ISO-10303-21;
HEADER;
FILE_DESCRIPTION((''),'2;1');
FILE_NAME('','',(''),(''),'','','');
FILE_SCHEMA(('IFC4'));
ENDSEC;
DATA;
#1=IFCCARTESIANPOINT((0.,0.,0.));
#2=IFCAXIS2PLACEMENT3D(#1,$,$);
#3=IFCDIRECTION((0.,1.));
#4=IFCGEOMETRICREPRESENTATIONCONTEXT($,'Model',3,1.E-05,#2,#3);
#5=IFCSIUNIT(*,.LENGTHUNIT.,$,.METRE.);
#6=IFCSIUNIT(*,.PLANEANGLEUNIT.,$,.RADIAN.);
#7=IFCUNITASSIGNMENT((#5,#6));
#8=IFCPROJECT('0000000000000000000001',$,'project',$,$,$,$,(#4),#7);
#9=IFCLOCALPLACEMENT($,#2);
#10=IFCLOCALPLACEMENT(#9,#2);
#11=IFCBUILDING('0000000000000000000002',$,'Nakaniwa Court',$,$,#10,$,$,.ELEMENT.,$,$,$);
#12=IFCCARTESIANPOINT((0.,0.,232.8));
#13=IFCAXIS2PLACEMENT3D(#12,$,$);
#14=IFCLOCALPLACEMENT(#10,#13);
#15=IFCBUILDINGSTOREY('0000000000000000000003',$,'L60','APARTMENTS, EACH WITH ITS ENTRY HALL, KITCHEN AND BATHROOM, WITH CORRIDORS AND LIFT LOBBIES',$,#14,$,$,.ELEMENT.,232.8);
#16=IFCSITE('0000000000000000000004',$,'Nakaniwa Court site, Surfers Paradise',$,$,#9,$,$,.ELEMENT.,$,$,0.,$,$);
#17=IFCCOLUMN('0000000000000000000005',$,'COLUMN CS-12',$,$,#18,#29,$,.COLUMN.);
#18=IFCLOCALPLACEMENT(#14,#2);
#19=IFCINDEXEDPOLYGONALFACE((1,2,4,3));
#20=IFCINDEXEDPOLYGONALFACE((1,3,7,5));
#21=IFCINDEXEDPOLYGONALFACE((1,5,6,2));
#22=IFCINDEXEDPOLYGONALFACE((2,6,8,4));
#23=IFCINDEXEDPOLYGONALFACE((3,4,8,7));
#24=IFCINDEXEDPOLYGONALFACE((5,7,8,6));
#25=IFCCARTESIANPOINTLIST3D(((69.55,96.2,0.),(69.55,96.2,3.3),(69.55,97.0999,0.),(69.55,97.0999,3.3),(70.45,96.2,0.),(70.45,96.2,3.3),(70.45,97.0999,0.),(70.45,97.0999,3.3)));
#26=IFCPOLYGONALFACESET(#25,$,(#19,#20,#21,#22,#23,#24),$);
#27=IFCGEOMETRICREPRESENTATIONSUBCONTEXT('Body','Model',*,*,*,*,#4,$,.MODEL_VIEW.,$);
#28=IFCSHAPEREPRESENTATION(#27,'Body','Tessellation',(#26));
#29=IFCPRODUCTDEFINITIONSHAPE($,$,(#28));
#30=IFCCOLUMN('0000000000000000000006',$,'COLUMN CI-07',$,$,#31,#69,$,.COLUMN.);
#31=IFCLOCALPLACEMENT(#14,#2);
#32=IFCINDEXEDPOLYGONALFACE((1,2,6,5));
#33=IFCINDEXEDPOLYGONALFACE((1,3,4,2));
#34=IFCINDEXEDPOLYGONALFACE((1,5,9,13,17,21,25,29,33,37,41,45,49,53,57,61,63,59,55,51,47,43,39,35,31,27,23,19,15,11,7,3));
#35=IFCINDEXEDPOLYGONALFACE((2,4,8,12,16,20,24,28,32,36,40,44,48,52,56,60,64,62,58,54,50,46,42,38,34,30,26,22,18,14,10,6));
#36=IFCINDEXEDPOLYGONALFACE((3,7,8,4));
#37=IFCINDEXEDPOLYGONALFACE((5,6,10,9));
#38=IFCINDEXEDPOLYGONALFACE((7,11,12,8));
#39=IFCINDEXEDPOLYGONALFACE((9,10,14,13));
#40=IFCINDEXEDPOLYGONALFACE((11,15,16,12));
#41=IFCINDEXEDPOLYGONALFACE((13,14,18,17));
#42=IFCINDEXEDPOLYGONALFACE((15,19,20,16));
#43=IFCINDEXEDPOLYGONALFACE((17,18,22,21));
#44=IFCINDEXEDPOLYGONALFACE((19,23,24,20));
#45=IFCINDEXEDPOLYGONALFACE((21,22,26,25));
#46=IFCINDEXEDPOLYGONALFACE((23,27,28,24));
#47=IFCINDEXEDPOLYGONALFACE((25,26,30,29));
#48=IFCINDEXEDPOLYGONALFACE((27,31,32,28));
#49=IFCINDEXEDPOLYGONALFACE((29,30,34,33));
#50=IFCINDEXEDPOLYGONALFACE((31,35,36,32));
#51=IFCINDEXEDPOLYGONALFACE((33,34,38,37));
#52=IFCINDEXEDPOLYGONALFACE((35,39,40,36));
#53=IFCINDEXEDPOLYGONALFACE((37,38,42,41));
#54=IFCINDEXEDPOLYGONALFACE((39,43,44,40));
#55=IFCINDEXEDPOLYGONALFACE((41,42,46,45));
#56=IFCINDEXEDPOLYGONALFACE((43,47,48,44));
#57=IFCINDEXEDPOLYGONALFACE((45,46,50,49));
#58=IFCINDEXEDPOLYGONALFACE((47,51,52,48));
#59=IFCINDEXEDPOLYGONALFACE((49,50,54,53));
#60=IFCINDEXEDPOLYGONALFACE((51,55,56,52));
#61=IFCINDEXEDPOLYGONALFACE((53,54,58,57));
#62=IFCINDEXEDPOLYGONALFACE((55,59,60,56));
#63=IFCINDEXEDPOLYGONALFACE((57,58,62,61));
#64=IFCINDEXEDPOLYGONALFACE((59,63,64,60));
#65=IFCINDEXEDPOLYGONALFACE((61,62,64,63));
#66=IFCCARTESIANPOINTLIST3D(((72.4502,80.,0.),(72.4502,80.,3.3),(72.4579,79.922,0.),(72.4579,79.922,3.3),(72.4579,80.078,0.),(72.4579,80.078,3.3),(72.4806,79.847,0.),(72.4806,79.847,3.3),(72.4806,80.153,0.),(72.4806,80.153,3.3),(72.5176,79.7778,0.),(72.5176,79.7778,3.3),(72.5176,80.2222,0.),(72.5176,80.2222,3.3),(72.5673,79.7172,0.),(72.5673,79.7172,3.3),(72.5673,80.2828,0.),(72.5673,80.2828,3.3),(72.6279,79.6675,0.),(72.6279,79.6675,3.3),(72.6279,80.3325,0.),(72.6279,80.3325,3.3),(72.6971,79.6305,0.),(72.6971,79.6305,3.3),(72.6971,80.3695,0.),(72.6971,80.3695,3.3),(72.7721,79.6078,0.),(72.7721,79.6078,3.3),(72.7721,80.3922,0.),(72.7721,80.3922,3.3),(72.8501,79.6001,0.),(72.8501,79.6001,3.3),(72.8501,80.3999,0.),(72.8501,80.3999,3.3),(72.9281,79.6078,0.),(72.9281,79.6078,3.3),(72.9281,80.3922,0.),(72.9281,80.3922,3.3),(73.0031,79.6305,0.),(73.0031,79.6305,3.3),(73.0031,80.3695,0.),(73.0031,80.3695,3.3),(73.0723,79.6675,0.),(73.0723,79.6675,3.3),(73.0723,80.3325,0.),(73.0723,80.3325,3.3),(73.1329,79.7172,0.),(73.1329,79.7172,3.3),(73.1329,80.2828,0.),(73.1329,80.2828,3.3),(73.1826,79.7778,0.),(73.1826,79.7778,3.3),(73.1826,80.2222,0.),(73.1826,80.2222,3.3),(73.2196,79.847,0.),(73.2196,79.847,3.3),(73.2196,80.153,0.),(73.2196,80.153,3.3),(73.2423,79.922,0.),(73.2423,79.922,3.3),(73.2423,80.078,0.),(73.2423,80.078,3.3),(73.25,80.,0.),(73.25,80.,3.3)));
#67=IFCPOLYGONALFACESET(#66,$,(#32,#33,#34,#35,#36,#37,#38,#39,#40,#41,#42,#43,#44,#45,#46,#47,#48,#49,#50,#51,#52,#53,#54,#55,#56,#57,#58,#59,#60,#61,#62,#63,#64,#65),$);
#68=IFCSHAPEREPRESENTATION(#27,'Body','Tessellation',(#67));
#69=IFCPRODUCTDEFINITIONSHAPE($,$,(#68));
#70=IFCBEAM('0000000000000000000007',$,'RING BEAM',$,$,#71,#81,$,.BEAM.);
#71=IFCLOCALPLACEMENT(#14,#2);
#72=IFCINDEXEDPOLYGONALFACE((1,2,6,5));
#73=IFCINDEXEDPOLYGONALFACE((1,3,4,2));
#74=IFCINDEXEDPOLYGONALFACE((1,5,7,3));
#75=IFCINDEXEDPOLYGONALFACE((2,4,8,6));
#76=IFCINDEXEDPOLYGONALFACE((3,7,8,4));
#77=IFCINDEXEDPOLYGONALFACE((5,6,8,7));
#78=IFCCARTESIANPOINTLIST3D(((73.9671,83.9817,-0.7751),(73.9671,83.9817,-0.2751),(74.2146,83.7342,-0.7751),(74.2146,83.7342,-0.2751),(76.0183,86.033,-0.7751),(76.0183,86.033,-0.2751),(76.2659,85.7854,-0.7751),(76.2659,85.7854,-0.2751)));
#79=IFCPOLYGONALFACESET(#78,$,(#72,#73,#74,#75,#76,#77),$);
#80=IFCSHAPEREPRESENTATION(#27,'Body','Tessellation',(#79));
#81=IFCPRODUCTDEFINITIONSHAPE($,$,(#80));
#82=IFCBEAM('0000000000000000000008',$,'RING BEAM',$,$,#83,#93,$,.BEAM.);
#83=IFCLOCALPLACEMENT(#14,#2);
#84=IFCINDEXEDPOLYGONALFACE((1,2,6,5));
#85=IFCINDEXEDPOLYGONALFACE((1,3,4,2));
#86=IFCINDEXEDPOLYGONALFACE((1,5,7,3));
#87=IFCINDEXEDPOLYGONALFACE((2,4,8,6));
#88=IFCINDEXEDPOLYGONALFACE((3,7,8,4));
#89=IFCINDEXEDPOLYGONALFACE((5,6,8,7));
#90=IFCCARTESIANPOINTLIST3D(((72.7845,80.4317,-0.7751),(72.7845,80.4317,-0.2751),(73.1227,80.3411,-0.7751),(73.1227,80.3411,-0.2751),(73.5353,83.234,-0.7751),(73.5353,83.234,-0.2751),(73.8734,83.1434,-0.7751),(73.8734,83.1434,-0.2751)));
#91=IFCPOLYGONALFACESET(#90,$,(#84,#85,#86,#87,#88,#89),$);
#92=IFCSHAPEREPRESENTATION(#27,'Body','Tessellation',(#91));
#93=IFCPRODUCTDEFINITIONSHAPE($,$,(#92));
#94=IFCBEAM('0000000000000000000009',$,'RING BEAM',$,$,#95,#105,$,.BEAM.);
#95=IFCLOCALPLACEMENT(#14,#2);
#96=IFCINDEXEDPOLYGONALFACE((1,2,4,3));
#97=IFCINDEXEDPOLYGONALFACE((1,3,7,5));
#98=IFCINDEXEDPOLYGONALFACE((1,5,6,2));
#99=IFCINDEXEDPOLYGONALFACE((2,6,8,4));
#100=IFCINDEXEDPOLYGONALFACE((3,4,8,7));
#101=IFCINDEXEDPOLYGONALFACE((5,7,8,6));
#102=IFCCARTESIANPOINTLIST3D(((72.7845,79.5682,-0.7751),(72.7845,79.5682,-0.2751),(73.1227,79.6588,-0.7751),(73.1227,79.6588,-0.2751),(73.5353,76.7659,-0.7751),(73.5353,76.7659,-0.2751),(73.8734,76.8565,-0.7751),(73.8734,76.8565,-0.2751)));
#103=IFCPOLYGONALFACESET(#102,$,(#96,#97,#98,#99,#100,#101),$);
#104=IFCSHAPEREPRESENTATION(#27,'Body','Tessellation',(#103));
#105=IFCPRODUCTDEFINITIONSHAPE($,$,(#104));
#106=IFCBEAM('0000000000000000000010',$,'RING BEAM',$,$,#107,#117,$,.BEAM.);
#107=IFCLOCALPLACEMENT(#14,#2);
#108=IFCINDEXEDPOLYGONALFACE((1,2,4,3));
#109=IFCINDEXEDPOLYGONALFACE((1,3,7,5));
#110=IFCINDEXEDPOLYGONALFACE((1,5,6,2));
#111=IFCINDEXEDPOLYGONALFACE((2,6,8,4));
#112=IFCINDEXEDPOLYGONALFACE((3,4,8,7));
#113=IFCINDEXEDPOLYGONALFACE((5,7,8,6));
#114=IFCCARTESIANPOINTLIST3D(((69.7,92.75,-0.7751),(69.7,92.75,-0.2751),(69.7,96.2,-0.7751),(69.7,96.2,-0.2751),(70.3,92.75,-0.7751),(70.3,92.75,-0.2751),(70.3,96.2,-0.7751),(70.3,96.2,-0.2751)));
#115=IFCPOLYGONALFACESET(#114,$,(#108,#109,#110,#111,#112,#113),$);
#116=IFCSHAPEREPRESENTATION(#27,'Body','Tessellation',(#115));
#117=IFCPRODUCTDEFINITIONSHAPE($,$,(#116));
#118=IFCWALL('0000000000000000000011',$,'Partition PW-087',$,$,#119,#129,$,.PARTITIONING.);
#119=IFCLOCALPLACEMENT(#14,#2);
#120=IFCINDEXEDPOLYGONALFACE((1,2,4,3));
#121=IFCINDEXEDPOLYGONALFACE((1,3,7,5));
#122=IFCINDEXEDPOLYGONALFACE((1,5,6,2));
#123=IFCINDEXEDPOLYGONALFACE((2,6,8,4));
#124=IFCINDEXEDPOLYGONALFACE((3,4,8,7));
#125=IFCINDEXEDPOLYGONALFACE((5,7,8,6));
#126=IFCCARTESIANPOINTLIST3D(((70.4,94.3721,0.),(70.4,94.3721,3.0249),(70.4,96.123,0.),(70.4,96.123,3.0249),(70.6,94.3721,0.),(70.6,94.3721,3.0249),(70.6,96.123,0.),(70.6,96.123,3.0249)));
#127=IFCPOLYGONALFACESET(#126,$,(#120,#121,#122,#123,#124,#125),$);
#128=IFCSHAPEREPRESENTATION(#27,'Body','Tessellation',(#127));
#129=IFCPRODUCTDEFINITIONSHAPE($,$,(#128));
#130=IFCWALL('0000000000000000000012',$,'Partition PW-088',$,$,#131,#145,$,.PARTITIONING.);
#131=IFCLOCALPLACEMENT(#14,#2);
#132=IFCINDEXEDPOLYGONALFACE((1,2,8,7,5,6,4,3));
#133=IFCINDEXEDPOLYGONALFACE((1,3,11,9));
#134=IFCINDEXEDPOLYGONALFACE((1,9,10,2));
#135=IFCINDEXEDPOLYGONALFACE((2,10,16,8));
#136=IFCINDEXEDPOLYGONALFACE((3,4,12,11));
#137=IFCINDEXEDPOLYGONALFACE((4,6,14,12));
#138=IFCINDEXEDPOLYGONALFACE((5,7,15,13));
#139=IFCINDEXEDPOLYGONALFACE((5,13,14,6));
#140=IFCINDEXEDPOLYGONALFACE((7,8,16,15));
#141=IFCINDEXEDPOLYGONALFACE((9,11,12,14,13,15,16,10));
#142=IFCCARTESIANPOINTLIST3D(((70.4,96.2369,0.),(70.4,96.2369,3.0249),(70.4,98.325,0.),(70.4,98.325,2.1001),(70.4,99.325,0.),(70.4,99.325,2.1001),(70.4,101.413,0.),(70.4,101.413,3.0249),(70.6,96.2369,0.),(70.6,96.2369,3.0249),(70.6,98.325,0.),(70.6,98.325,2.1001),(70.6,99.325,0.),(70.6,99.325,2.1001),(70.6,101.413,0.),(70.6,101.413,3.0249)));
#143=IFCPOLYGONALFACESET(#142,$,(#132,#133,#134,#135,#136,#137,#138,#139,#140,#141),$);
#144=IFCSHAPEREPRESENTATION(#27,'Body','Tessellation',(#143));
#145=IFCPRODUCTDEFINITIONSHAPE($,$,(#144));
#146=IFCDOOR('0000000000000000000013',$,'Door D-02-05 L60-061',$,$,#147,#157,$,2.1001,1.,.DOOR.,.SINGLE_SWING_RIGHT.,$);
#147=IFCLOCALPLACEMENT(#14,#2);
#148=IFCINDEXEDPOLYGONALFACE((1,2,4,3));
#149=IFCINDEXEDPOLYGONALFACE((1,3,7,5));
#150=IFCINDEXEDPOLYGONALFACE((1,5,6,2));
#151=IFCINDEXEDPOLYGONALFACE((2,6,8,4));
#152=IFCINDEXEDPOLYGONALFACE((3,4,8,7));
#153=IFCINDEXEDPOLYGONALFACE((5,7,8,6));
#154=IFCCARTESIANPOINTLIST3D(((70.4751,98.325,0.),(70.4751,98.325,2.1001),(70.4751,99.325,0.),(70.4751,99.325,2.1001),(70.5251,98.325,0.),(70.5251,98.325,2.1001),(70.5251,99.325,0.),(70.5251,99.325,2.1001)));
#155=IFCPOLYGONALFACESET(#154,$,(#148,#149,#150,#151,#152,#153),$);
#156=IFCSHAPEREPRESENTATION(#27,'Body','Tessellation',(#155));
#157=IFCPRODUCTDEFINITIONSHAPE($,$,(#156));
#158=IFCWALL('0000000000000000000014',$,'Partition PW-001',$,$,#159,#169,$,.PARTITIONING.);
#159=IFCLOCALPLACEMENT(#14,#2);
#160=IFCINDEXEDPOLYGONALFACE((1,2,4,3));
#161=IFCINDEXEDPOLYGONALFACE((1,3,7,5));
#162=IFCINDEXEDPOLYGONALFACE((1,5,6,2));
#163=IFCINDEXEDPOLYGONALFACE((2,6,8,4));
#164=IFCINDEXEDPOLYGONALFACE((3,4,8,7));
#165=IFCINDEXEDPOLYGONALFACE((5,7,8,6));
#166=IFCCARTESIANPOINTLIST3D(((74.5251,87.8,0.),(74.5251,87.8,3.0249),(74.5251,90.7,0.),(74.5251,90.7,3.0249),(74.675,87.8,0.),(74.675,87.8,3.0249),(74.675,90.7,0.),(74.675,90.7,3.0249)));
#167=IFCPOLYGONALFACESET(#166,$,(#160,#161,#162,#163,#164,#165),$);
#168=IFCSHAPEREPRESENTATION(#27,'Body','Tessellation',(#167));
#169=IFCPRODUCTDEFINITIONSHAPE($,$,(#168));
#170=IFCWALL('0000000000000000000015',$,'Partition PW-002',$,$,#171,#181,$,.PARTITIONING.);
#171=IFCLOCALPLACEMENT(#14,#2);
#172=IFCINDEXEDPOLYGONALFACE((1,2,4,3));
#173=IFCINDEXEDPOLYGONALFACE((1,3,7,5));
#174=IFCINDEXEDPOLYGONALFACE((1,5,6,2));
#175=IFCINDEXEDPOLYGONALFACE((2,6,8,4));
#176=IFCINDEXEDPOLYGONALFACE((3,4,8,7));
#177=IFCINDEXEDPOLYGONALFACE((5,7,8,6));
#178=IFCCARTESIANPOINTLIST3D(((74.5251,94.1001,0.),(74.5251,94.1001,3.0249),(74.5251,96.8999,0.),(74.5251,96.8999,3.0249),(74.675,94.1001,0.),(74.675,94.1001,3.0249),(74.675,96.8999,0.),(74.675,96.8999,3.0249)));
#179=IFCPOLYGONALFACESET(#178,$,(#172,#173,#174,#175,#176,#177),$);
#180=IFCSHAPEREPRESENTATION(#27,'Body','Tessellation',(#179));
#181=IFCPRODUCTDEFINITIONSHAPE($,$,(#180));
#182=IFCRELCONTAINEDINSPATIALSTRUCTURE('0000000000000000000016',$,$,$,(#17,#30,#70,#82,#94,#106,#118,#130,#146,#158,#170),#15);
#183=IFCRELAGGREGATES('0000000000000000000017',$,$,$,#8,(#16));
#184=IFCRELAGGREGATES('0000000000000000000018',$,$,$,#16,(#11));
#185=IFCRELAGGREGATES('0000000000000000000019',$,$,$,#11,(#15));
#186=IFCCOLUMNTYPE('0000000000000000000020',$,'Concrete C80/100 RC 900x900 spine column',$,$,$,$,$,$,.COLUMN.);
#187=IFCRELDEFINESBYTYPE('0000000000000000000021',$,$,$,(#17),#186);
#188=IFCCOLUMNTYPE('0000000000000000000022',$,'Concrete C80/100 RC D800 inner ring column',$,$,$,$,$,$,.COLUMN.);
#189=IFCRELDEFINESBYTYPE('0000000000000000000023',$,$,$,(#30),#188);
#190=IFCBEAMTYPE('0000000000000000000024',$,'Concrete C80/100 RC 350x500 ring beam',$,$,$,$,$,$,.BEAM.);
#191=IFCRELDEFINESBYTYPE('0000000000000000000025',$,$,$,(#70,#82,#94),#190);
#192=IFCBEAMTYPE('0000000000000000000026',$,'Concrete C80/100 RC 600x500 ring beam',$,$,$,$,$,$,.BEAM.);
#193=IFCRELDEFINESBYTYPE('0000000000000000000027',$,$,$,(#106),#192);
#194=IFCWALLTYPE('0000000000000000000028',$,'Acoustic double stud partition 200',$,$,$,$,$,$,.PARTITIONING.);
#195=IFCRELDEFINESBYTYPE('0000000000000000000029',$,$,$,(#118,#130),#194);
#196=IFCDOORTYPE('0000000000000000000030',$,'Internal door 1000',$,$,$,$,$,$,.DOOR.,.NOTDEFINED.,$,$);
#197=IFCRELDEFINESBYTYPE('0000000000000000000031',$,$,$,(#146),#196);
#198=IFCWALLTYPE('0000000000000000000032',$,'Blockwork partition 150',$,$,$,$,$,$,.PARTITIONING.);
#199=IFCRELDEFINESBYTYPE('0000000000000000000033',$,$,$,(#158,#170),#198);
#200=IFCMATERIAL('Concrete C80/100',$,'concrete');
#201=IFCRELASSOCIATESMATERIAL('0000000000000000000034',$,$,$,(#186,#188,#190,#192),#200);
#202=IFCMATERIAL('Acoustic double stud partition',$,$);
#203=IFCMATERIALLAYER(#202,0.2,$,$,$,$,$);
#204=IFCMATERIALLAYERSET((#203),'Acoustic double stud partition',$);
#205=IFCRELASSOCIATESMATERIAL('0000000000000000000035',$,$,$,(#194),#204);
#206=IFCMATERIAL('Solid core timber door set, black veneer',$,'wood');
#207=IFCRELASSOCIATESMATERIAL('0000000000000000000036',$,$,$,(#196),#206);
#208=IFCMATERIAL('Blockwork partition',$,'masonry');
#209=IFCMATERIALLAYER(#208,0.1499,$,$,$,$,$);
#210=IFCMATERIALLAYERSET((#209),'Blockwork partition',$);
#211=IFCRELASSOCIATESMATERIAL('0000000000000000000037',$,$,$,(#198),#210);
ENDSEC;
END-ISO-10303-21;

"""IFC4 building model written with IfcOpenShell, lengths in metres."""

from ifc_helpers import new_model, si_unit, direction, frame, frame_2d, origin, origin_2d, place, context, subcontext, project, spatial, rectangle, circle, extrude, material, layer, layer_set, material_profile, profile_set, type_object, element, fill, save


model = new_model("IFC4")

# Units and contexts
model_context = context("Model", 3, precision=1e-05, world=origin(), true_north=direction((0.0, 1.0)))
body_context = subcontext(model_context, "Body", "Model", "MODEL_VIEW")
ifc_project = project(units=[si_unit("LENGTHUNIT", "METRE"), si_unit("PLANEANGLEUNIT", "RADIAN")], contexts=[model_context])

# Site, building, storey
site_placement = place(None, origin())
site = spatial("IfcSite", under=ifc_project, at=site_placement, Name="Nakaniwa Court site, Surfers Paradise", CompositionType="ELEMENT", RefElevation=0.0)
building_placement = place(site_placement, origin())
building = spatial("IfcBuilding", under=site, at=building_placement, Name="Nakaniwa Court", CompositionType="ELEMENT")
storey_placement = place(building_placement, frame((0.0, 0.0, 232.8)))
storey = spatial("IfcBuildingStorey", under=building, at=storey_placement, Name="L60", Description="APARTMENTS, EACH WITH ITS ENTRY HALL, KITCHEN AND BATHROOM, WITH CORRIDORS AND LIFT LOBBIES", CompositionType="ELEMENT", Elevation=232.8)

# Columns
ifc_material_1 = material(Name="Concrete C80/100", Category="concrete")
ifc_material_profile_1 = material_profile(ifc_material_1, rectangle(XDim=0.8999, YDim=0.8999, at=origin_2d()), Name="Concrete C80/100 RC 900x900 spine column")
ifc_profile_set_1 = profile_set([ifc_material_profile_1], Name="Concrete C80/100")
column_type_1 = type_object("IfcColumnType", Name="Concrete C80/100 RC 900x900 spine column", PredefinedType="COLUMN", material=ifc_profile_set_1)
column_placement = place(storey_placement, frame((70.0, 96.6499, 0.0), z_axis=(0.0, 0.0, 1.0), x_axis=(0.0, -1.0, 0.0)))
element("IfcColumn", 1, at=column_placement, inside=storey, type_object=column_type_1, Name="COLUMN CS-12", PredefinedType="COLUMN", context=body_context, shape_type="SweptSolid", body=[
    extrude(rectangle(XDim=0.8999, YDim=0.8999, at=origin_2d()), origin(), (0.0, 0.0, 1.0), 3.3),
])
ifc_material_profile_2 = material_profile(ifc_material_1, circle(Radius=0.3999, at=origin_2d()), Name="Concrete C80/100 RC D800 inner ring column")
ifc_profile_set_2 = profile_set([ifc_material_profile_2], Name="Concrete C80/100")
column_type_2 = type_object("IfcColumnType", Name="Concrete C80/100 RC D800 inner ring column", PredefinedType="COLUMN", material=ifc_profile_set_2)
for number, where, z_axis, x_axis, name in (
    (2, (72.8501, 80.0, 0.0), (0.0, 0.0, 1.0), (0.0, -1.0, 0.0), "COLUMN CI-07"),
):
    element("IfcColumn", number, at=place(storey_placement, frame(where, z_axis=z_axis, x_axis=x_axis)), inside=storey, type_object=column_type_2, Name=name, PredefinedType="COLUMN", context=body_context, shape_type="SweptSolid", body=[
        extrude(circle(Radius=0.3999, at=origin_2d()), origin(), (0.0, 0.0, 1.0), 3.3),
    ])

# Beams
ifc_material_profile_3 = material_profile(ifc_material_1, rectangle(XDim=0.3501, YDim=0.5, at=origin_2d()), Name="Concrete C80/100 RC 350x500 ring beam")
ifc_profile_set_3 = profile_set([ifc_material_profile_3], Name="Concrete C80/100")
beam_type_1 = type_object("IfcBeamType", Name="Concrete C80/100 RC 350x500 ring beam", PredefinedType="BEAM", material=ifc_profile_set_3)
beam_1_placement = place(storey_placement, frame((76.1421, 85.9092, -0.5251), z_axis=(-0.707107, -0.707107, 0.0), x_axis=(0.707107, -0.707107, 0.0)))
element("IfcBeam", 3, at=beam_1_placement, inside=storey, type_object=beam_type_1, Name="RING BEAM", PredefinedType="BEAM", context=body_context, shape_type="SweptSolid", body=[
    extrude(rectangle(XDim=0.3501, YDim=0.5, at=origin_2d()), origin(), (0.0, 0.0, 1.0), 2.9009),
])
for number, where, z_axis, x_axis, name in (
    (4, (73.7043, 83.1887, -0.5251), (-0.258778, -0.965937, 0.0), (0.965937, -0.258778, 0.0), "RING BEAM"),
    (5, (72.9536, 79.6135, -0.5251), (0.258778, -0.965937, 0.0), (0.965937, 0.258778, 0.0), "RING BEAM"),
):
    element("IfcBeam", number, at=place(storey_placement, frame(where, z_axis=z_axis, x_axis=x_axis)), inside=storey, type_object=beam_type_1, Name=name, PredefinedType="BEAM", context=body_context, shape_type="SweptSolid", body=[
        extrude(rectangle(XDim=0.3501, YDim=0.5, at=origin_2d()), origin(), (0.0, 0.0, 1.0), 2.9011),
    ])
ifc_material_profile_4 = material_profile(ifc_material_1, rectangle(XDim=0.6001, YDim=0.5, at=origin_2d()), Name="Concrete C80/100 RC 600x500 ring beam")
ifc_profile_set_4 = profile_set([ifc_material_profile_4], Name="Concrete C80/100")
beam_type_2 = type_object("IfcBeamType", Name="Concrete C80/100 RC 600x500 ring beam", PredefinedType="BEAM", material=ifc_profile_set_4)
beam_2_placement = place(storey_placement, frame((70.0, 96.2, -0.5251), z_axis=(0.0, -1.0, 0.0), x_axis=(1.0, 0.0, 0.0)))
element("IfcBeam", 6, at=beam_2_placement, inside=storey, type_object=beam_type_2, Name="RING BEAM", PredefinedType="BEAM", context=body_context, shape_type="SweptSolid", body=[
    extrude(rectangle(XDim=0.6001, YDim=0.5, at=origin_2d()), origin(), (0.0, 0.0, 1.0), 3.45),
])

# Wall
ifc_material_2 = material(Name="Acoustic double stud partition")
ifc_layer_1 = layer(ifc_material_2, 0.2)
ifc_layer_set_1 = layer_set([ifc_layer_1], Name="Acoustic double stud partition")
wall_type_1 = type_object("IfcWallType", Name="Acoustic double stud partition 200", PredefinedType="PARTITIONING", material=ifc_layer_set_1)
wall_1_placement = place(storey_placement, frame((70.5, 94.3721, 0.0), z_axis=(0.0, 0.0, 1.0), x_axis=(0.0, 1.0, 0.0)))
element("IfcWall", 7, at=wall_1_placement, inside=storey, type_object=wall_type_1, Name="Partition PW-087", PredefinedType="PARTITIONING", context=body_context, shape_type="SweptSolid", body=[
    extrude(rectangle(XDim=1.751, YDim=0.2, at=frame_2d((0.8755, 0.0))), origin(), (0.0, 0.0, 1.0), 3.0249),
])

# Wall, opening, door
wall_2_placement = place(storey_placement, frame((70.5, 96.2371, 0.0), z_axis=(0.0, 0.0, 1.0), x_axis=(0.0, 1.0, 0.0)))
wall_2 = element("IfcWall", 8, at=wall_2_placement, inside=storey, type_object=wall_type_1, Name="Partition PW-088", PredefinedType="PARTITIONING", context=body_context, shape_type="SweptSolid", body=[
    extrude(rectangle(XDim=5.176, YDim=0.2, at=frame_2d((2.5879, 0.0))), origin(), (0.0, 0.0, 1.0), 3.0249),
])
opening_1_placement = place(wall_2_placement, frame((2.0879, 0.0, 0.0)))
opening_1 = element("IfcOpeningElement", 9, at=opening_1_placement, cuts=wall_2, PredefinedType="OPENING", context=body_context, shape_type="SweptSolid", body=[
    extrude(rectangle(XDim=1.0, YDim=2.1001, at=frame_2d((0.5, 1.05))), frame((0.0, 0.1099, 0.0), z_axis=(0.0, -1.0, 0.0), x_axis=(1.0, 0.0, 0.0)), (0.0, 0.0, 1.0), 0.22),
])
ifc_material_3 = material(Name="Solid core timber door set, black veneer", Category="wood")
door_type_1 = type_object("IfcDoorType", Name="Internal door 1000", OperationType="NOTDEFINED", PredefinedType="DOOR", material=ifc_material_3)
door_1_placement = place(opening_1_placement, origin())
door_1 = element("IfcDoor", 10, at=door_1_placement, inside=storey, type_object=door_type_1, Name="Door D-02-05 L60-061", OperationType="SINGLE_SWING_RIGHT", OverallHeight=2.1001, OverallWidth=1.0, PredefinedType="DOOR", context=body_context, shape_type="SweptSolid", body=[
    extrude(rectangle(XDim=1.0, YDim=2.1001, at=frame_2d((0.5, 1.05))), frame((0.0, 0.0249, 0.0), z_axis=(0.0, -1.0, 0.0), x_axis=(1.0, 0.0, 0.0)), (0.0, 0.0, 1.0), 0.05),
])
fill(opening_1, door_1)

# Walls
ifc_material_4 = material(Name="Blockwork partition", Category="masonry")
ifc_layer_2 = layer(ifc_material_4, 0.1499)
ifc_layer_set_2 = layer_set([ifc_layer_2], Name="Blockwork partition")
wall_type_2 = type_object("IfcWallType", Name="Blockwork partition 150", PredefinedType="PARTITIONING", material=ifc_layer_set_2)
wall_3_placement = place(storey_placement, frame((74.6001, 87.8, 0.0), z_axis=(0.0, 0.0, 1.0), x_axis=(0.0, 1.0, 0.0)))
element("IfcWall", 11, at=wall_3_placement, inside=storey, type_object=wall_type_2, Name="Partition PW-001", PredefinedType="PARTITIONING", context=body_context, shape_type="SweptSolid", body=[
    extrude(rectangle(XDim=2.8999, YDim=0.1499, at=frame_2d((1.45, 0.0))), origin(), (0.0, 0.0, 1.0), 3.0249),
])
wall_4_placement = place(storey_placement, frame((74.6001, 94.1001, 0.0), z_axis=(0.0, 0.0, 1.0), x_axis=(0.0, 1.0, 0.0)))
element("IfcWall", 12, at=wall_4_placement, inside=storey, type_object=wall_type_2, Name="Partition PW-002", PredefinedType="PARTITIONING", context=body_context, shape_type="SweptSolid", body=[
    extrude(rectangle(XDim=2.7998, YDim=0.1499, at=frame_2d((1.3999, 0.0))), origin(), (0.0, 0.0, 1.0), 3.0249),
])

save(model, "model.ifc")
